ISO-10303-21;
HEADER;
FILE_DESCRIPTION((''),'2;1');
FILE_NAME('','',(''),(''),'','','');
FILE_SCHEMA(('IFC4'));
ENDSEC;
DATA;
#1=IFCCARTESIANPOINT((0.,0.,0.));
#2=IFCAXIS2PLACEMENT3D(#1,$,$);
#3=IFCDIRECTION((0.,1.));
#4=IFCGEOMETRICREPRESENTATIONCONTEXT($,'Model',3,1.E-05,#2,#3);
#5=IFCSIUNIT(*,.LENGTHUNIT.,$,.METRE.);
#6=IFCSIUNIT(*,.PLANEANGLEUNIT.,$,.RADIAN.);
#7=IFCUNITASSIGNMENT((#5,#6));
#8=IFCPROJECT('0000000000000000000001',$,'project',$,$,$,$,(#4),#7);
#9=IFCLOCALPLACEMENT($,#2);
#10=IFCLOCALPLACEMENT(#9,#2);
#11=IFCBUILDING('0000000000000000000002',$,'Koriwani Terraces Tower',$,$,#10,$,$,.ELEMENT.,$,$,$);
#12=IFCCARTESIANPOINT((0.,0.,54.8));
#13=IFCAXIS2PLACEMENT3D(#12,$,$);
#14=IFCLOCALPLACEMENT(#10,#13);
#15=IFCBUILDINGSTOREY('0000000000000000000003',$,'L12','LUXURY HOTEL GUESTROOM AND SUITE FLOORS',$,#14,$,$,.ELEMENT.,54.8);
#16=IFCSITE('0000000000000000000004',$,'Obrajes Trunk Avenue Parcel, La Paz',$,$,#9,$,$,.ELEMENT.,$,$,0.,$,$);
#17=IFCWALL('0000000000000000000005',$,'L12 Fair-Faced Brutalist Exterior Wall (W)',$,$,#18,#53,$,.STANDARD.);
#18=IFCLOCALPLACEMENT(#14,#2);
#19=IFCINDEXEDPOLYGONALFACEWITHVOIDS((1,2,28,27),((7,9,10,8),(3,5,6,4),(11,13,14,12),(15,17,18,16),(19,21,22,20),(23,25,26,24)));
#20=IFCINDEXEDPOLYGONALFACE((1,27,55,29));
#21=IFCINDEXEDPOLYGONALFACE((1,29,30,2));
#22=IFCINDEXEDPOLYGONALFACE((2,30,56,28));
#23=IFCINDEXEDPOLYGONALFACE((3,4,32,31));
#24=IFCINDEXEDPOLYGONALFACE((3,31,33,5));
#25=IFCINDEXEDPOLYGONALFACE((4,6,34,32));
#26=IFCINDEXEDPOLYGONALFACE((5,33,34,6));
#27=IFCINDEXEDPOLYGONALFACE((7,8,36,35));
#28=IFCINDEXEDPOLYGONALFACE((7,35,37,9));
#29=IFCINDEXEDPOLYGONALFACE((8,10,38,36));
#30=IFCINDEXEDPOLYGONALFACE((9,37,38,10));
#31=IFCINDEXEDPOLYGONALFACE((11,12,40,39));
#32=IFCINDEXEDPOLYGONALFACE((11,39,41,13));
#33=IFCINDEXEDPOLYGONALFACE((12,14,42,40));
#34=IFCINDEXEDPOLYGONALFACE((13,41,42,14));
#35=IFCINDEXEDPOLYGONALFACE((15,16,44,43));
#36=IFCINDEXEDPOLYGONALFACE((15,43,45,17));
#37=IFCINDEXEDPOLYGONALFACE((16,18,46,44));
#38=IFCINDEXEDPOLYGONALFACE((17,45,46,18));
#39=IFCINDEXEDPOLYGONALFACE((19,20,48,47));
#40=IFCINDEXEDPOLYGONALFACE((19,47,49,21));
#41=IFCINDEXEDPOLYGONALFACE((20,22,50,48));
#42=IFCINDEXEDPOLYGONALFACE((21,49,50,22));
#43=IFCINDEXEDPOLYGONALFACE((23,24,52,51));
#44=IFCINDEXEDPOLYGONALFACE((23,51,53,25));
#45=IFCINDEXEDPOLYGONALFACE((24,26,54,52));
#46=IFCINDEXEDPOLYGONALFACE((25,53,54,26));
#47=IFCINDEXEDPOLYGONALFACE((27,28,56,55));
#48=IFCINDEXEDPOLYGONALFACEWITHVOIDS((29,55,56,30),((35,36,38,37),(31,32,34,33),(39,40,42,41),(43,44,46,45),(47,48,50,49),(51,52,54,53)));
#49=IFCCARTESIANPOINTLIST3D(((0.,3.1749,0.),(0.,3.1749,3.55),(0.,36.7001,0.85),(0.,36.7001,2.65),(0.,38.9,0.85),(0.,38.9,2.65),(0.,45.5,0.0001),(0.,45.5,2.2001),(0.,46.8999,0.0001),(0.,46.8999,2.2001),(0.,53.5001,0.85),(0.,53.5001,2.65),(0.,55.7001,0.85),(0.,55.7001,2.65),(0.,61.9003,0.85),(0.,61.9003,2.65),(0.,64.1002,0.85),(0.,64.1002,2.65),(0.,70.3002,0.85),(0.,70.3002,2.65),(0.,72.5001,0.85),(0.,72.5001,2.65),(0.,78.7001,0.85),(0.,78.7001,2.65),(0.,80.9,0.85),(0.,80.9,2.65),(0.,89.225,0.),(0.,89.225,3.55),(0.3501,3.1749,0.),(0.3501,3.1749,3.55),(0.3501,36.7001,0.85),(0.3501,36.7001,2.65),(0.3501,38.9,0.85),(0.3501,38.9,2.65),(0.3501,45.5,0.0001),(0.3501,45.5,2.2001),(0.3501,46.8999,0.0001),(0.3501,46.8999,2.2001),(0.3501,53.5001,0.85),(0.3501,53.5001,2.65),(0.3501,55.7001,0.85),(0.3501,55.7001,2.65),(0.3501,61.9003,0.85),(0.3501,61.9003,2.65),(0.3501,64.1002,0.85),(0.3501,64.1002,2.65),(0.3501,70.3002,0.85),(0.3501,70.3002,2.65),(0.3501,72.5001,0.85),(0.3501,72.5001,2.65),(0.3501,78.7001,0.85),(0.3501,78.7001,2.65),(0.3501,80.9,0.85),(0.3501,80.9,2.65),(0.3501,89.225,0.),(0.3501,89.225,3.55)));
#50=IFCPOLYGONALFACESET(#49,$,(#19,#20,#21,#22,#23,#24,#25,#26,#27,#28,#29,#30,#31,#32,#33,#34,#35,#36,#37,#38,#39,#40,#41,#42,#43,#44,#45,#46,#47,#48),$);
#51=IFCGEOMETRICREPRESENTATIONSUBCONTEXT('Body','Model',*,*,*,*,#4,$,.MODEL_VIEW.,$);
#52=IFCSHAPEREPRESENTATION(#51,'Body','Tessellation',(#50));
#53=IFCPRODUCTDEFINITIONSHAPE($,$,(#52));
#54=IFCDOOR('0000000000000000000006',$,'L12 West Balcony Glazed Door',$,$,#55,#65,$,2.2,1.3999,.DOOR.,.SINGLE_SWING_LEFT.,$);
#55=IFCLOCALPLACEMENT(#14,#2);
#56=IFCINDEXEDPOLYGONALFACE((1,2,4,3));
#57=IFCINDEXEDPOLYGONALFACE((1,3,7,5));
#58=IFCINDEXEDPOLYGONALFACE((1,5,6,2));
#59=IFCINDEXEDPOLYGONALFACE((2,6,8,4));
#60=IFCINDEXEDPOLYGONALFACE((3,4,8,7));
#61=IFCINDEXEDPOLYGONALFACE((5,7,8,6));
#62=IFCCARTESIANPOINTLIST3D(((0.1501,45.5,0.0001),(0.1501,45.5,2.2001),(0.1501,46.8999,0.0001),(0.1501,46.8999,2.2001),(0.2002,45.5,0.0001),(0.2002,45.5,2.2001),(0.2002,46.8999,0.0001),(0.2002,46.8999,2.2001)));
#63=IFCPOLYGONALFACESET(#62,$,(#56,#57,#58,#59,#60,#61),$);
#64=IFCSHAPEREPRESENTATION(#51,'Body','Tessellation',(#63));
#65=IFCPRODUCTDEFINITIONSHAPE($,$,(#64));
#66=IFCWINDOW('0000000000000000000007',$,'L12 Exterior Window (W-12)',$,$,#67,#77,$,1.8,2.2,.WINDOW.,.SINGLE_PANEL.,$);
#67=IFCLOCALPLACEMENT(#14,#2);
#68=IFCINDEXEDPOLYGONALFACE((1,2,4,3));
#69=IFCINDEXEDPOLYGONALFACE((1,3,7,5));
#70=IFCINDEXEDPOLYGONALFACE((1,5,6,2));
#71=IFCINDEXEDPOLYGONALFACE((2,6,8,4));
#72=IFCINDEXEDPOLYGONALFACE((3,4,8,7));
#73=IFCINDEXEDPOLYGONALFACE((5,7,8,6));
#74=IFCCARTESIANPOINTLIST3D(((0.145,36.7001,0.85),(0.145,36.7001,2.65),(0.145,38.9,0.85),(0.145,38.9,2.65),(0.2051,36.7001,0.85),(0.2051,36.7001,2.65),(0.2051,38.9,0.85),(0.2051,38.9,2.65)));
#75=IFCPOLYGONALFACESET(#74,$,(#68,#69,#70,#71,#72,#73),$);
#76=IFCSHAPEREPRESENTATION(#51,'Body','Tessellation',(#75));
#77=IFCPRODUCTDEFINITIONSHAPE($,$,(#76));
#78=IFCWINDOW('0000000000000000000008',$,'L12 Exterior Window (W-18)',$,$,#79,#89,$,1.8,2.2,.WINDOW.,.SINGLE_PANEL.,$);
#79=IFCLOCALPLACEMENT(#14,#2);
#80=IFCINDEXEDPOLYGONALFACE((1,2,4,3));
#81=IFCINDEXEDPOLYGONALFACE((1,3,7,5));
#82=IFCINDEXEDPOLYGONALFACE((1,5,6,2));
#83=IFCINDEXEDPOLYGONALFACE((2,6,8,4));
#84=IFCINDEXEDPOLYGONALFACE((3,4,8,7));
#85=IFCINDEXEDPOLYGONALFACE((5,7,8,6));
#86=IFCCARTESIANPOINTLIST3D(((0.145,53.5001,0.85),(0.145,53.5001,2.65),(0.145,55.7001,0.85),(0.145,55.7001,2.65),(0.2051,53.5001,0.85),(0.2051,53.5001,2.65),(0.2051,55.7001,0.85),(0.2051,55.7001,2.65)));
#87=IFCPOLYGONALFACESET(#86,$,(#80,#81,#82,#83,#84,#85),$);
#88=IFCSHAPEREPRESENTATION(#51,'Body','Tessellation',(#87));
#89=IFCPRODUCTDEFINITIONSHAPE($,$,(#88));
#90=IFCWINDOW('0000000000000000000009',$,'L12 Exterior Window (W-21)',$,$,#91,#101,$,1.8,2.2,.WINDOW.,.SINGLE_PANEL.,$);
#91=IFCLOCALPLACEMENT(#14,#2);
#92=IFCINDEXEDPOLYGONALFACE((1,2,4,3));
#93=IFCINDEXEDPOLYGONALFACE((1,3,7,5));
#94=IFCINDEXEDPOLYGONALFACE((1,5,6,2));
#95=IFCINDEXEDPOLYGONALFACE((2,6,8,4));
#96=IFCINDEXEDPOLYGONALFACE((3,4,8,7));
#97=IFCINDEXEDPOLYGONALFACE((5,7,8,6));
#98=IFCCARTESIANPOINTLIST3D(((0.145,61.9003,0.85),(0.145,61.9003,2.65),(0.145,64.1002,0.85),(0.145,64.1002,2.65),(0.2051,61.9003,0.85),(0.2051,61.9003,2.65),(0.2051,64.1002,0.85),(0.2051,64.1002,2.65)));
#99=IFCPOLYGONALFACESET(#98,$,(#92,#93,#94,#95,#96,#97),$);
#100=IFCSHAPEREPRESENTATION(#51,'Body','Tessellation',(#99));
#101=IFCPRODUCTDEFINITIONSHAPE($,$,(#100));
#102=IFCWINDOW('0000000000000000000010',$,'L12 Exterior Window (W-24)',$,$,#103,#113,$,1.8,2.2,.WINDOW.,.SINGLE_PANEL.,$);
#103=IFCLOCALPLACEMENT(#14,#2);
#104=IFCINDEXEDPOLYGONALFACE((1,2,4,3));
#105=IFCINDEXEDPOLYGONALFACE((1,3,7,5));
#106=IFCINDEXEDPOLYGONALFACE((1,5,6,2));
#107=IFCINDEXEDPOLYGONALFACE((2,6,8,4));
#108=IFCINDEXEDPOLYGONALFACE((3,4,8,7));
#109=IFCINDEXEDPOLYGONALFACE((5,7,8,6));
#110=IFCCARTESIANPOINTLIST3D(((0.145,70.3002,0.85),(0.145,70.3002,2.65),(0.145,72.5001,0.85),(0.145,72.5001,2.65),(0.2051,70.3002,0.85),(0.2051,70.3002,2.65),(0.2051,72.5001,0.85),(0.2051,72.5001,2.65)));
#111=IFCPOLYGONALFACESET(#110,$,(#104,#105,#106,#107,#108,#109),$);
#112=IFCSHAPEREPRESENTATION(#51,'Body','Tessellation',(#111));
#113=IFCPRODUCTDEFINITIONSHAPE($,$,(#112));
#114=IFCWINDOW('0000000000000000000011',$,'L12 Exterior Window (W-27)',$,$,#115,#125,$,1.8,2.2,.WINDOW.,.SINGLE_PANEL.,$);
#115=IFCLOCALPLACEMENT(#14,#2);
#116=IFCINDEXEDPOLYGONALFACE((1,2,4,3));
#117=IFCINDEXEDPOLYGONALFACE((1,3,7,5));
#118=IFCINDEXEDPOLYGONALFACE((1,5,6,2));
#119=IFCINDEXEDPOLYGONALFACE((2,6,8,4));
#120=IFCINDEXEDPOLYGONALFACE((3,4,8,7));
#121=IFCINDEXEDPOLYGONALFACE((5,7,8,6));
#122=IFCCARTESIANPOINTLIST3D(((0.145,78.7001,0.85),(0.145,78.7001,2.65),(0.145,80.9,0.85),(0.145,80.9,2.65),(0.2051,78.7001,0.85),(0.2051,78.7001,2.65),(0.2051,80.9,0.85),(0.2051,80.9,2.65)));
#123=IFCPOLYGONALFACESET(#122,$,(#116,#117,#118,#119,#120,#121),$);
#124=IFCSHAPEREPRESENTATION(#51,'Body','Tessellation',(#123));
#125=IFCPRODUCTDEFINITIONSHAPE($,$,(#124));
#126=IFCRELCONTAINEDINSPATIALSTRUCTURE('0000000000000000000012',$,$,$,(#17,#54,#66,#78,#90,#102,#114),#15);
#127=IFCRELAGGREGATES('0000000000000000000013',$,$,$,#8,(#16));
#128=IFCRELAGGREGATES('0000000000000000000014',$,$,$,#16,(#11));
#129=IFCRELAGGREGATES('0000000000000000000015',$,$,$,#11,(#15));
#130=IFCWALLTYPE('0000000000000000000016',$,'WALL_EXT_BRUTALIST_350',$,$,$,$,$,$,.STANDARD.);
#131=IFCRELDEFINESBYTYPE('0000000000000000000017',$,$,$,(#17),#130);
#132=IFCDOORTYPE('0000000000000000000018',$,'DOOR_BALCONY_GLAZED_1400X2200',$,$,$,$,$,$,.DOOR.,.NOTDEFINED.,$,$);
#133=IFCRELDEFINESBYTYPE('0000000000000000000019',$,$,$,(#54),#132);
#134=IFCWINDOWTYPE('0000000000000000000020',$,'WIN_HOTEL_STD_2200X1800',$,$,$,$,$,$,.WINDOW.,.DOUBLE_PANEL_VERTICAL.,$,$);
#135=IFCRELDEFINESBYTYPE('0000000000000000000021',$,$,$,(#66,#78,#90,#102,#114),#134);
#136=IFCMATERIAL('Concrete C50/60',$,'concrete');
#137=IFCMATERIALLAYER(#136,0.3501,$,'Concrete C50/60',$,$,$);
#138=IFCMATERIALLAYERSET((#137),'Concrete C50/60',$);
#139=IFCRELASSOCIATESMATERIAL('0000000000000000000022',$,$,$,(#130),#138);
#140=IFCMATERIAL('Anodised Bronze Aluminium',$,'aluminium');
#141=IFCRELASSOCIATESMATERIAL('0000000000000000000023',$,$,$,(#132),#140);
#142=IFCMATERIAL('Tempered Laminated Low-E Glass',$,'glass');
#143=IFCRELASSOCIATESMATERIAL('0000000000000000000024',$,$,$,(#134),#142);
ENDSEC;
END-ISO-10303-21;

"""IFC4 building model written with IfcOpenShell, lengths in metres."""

from ifc_helpers import new_model, si_unit, direction, frame, frame_2d, origin, place, context, subcontext, project, spatial, rectangle, extrude, material, layer, layer_set, type_object, element, fill, save


model = new_model("IFC4")

# Units and contexts
model_context = context("Model", 3, precision=1e-05, world=origin(), true_north=direction((0.0, 1.0)))
body_context = subcontext(model_context, "Body", "Model", "MODEL_VIEW")
ifc_project = project(units=[si_unit("LENGTHUNIT", "METRE"), si_unit("PLANEANGLEUNIT", "RADIAN")], contexts=[model_context])

# Site, building, storey
site_placement = place(None, origin())
site = spatial("IfcSite", under=ifc_project, at=site_placement, Name="Obrajes Trunk Avenue Parcel, La Paz", CompositionType="ELEMENT", RefElevation=0.0)
building_placement = place(site_placement, origin())
building = spatial("IfcBuilding", under=site, at=building_placement, Name="Koriwani Terraces Tower", CompositionType="ELEMENT")
storey_placement = place(building_placement, frame((0.0, 0.0, 54.8)))
storey = spatial("IfcBuildingStorey", under=building, at=storey_placement, Name="L12", Description="LUXURY HOTEL GUESTROOM AND SUITE FLOORS", CompositionType="ELEMENT", Elevation=54.8)

# Shared definitions
ifc_material_1 = material(Name="Concrete C50/60", Category="concrete")

# Shared definitions
ifc_material_2 = material(Name="Anodised Bronze Aluminium", Category="aluminium")

# Shared definitions
ifc_layer_1 = layer(ifc_material_1, 0.3501, Name="Concrete C50/60")
ifc_layer_set_1 = layer_set([ifc_layer_1], Name="Concrete C50/60")
wall_type_1 = type_object("IfcWallType", Name="WALL_EXT_BRUTALIST_350", PredefinedType="STANDARD", material=ifc_layer_set_1)

# Wall, openings, door, windows
wall_1_placement = place(storey_placement, frame((0.175, 3.175, 0.0), z_axis=(0.0, 0.0, 1.0), x_axis=(0.0, 1.0, 0.0)))
wall_1 = element("IfcWall", 1, at=wall_1_placement, inside=storey, type_object=wall_type_1, Name="L12 Fair-Faced Brutalist Exterior Wall (W)", PredefinedType="STANDARD", context=body_context, shape_type="SweptSolid", body=[
    extrude(rectangle(XDim=86.05, YDim=0.3501, at=frame_2d((43.0249, 0.0))), origin(), (0.0, 0.0, 1.0), 3.55),
])
opening_1_placement = place(wall_1_placement, frame((42.325, 0.0, 0.0)))
opening_1 = element("IfcOpeningElement", 2, at=opening_1_placement, cuts=wall_1, PredefinedType="OPENING", context=body_context, shape_type="SweptSolid", body=[
    extrude(rectangle(XDim=1.3999, YDim=2.2, at=frame_2d((0.7, 1.1001))), frame((0.0, 0.1851, 0.0), z_axis=(0.0, -1.0, 0.0), x_axis=(1.0, 0.0, 0.0)), (0.0, 0.0, 1.0), 0.3701),
])
opening_2_placement = place(wall_1_placement, frame((33.5249, 0.0, 0.8501)))
opening_2 = element("IfcOpeningElement", 3, at=opening_2_placement, cuts=wall_1, PredefinedType="OPENING", context=body_context, shape_type="SweptSolid", body=[
    extrude(rectangle(XDim=2.2, YDim=1.8, at=frame_2d((1.1001, 0.8999))), frame((0.0, 0.1851, 0.0), z_axis=(0.0, -1.0, 0.0), x_axis=(1.0, 0.0, 0.0)), (0.0, 0.0, 1.0), 0.3701),
])
opening_3_placement = place(wall_1_placement, frame((50.325, 0.0, 0.8501)))
opening_3 = element("IfcOpeningElement", 4, at=opening_3_placement, cuts=wall_1, PredefinedType="OPENING", context=body_context, shape_type="SweptSolid", body=[
    extrude(rectangle(XDim=2.2, YDim=1.8, at=frame_2d((1.1001, 0.8999))), frame((0.0, 0.1851, 0.0), z_axis=(0.0, -1.0, 0.0), x_axis=(1.0, 0.0, 0.0)), (0.0, 0.0, 1.0), 0.3701),
])
opening_4_placement = place(wall_1_placement, frame((58.7251, 0.0, 0.8501)))
opening_4 = element("IfcOpeningElement", 5, at=opening_4_placement, cuts=wall_1, PredefinedType="OPENING", context=body_context, shape_type="SweptSolid", body=[
    extrude(rectangle(XDim=2.2, YDim=1.8, at=frame_2d((1.1001, 0.8999))), frame((0.0, 0.1851, 0.0), z_axis=(0.0, -1.0, 0.0), x_axis=(1.0, 0.0, 0.0)), (0.0, 0.0, 1.0), 0.3701),
])
opening_5_placement = place(wall_1_placement, frame((67.125, 0.0, 0.8501)))
opening_5 = element("IfcOpeningElement", 6, at=opening_5_placement, cuts=wall_1, PredefinedType="OPENING", context=body_context, shape_type="SweptSolid", body=[
    extrude(rectangle(XDim=2.2, YDim=1.8, at=frame_2d((1.1001, 0.8999))), frame((0.0, 0.1851, 0.0), z_axis=(0.0, -1.0, 0.0), x_axis=(1.0, 0.0, 0.0)), (0.0, 0.0, 1.0), 0.3701),
])
opening_6_placement = place(wall_1_placement, frame((75.5249, 0.0, 0.8501)))
opening_6 = element("IfcOpeningElement", 7, at=opening_6_placement, cuts=wall_1, PredefinedType="OPENING", context=body_context, shape_type="SweptSolid", body=[
    extrude(rectangle(XDim=2.2, YDim=1.8, at=frame_2d((1.1001, 0.8999))), frame((0.0, 0.1851, 0.0), z_axis=(0.0, -1.0, 0.0), x_axis=(1.0, 0.0, 0.0)), (0.0, 0.0, 1.0), 0.3701),
])
door_type_1 = type_object("IfcDoorType", Name="DOOR_BALCONY_GLAZED_1400X2200", OperationType="NOTDEFINED", PredefinedType="DOOR", material=ifc_material_2)
door_1_placement = place(opening_1_placement, origin())
door_1 = element("IfcDoor", 8, at=door_1_placement, inside=storey, type_object=door_type_1, Name="L12 West Balcony Glazed Door", OperationType="SINGLE_SWING_LEFT", OverallHeight=2.2, OverallWidth=1.3999, PredefinedType="DOOR", context=body_context, shape_type="SweptSolid", body=[
    extrude(rectangle(XDim=1.3999, YDim=2.2, at=frame_2d((0.7, 1.1001))), frame((0.0, 0.0249, 0.0), z_axis=(0.0, -1.0, 0.0), x_axis=(1.0, 0.0, 0.0)), (0.0, 0.0, 1.0), 0.05),
])
fill(opening_1, door_1)
ifc_material_3 = material(Name="Tempered Laminated Low-E Glass", Category="glass")
window_type = type_object("IfcWindowType", Name="WIN_HOTEL_STD_2200X1800", PartitioningType="DOUBLE_PANEL_VERTICAL", PredefinedType="WINDOW", material=ifc_material_3)
window_1_placement = place(opening_2_placement, origin())
window_1 = element("IfcWindow", 9, at=window_1_placement, inside=storey, type_object=window_type, Name="L12 Exterior Window (W-12)", OverallHeight=1.8, OverallWidth=2.2, PartitioningType="SINGLE_PANEL", PredefinedType="WINDOW", context=body_context, shape_type="SweptSolid", body=[
    extrude(rectangle(XDim=2.2, YDim=1.8, at=frame_2d((1.1001, 0.8999))), frame((0.0, 0.03, 0.0), z_axis=(0.0, -1.0, 0.0), x_axis=(1.0, 0.0, 0.0)), (0.0, 0.0, 1.0), 0.0601),
])
fill(opening_2, window_1)
window_2_placement = place(opening_3_placement, origin())
window_2 = element("IfcWindow", 10, at=window_2_placement, inside=storey, type_object=window_type, Name="L12 Exterior Window (W-18)", OverallHeight=1.8, OverallWidth=2.2, PartitioningType="SINGLE_PANEL", PredefinedType="WINDOW", context=body_context, shape_type="SweptSolid", body=[
    extrude(rectangle(XDim=2.2, YDim=1.8, at=frame_2d((1.1001, 0.8999))), frame((0.0, 0.03, 0.0), z_axis=(0.0, -1.0, 0.0), x_axis=(1.0, 0.0, 0.0)), (0.0, 0.0, 1.0), 0.0601),
])
fill(opening_3, window_2)
window_3_placement = place(opening_4_placement, origin())
window_3 = element("IfcWindow", 11, at=window_3_placement, inside=storey, type_object=window_type, Name="L12 Exterior Window (W-21)", OverallHeight=1.8, OverallWidth=2.2, PartitioningType="SINGLE_PANEL", PredefinedType="WINDOW", context=body_context, shape_type="SweptSolid", body=[
    extrude(rectangle(XDim=2.2, YDim=1.8, at=frame_2d((1.1001, 0.8999))), frame((0.0, 0.03, 0.0), z_axis=(0.0, -1.0, 0.0), x_axis=(1.0, 0.0, 0.0)), (0.0, 0.0, 1.0), 0.0601),
])
fill(opening_4, window_3)
window_4_placement = place(opening_5_placement, origin())
window_4 = element("IfcWindow", 12, at=window_4_placement, inside=storey, type_object=window_type, Name="L12 Exterior Window (W-24)", OverallHeight=1.8, OverallWidth=2.2, PartitioningType="SINGLE_PANEL", PredefinedType="WINDOW", context=body_context, shape_type="SweptSolid", body=[
    extrude(rectangle(XDim=2.2, YDim=1.8, at=frame_2d((1.1001, 0.8999))), frame((0.0, 0.03, 0.0), z_axis=(0.0, -1.0, 0.0), x_axis=(1.0, 0.0, 0.0)), (0.0, 0.0, 1.0), 0.0601),
])
fill(opening_5, window_4)
window_5_placement = place(opening_6_placement, origin())
window_5 = element("IfcWindow", 13, at=window_5_placement, inside=storey, type_object=window_type, Name="L12 Exterior Window (W-27)", OverallHeight=1.8, OverallWidth=2.2, PartitioningType="SINGLE_PANEL", PredefinedType="WINDOW", context=body_context, shape_type="SweptSolid", body=[
    extrude(rectangle(XDim=2.2, YDim=1.8, at=frame_2d((1.1001, 0.8999))), frame((0.0, 0.03, 0.0), z_axis=(0.0, -1.0, 0.0), x_axis=(1.0, 0.0, 0.0)), (0.0, 0.0, 1.0), 0.0601),
])
fill(opening_6, window_5)

save(model, "model.ifc")
